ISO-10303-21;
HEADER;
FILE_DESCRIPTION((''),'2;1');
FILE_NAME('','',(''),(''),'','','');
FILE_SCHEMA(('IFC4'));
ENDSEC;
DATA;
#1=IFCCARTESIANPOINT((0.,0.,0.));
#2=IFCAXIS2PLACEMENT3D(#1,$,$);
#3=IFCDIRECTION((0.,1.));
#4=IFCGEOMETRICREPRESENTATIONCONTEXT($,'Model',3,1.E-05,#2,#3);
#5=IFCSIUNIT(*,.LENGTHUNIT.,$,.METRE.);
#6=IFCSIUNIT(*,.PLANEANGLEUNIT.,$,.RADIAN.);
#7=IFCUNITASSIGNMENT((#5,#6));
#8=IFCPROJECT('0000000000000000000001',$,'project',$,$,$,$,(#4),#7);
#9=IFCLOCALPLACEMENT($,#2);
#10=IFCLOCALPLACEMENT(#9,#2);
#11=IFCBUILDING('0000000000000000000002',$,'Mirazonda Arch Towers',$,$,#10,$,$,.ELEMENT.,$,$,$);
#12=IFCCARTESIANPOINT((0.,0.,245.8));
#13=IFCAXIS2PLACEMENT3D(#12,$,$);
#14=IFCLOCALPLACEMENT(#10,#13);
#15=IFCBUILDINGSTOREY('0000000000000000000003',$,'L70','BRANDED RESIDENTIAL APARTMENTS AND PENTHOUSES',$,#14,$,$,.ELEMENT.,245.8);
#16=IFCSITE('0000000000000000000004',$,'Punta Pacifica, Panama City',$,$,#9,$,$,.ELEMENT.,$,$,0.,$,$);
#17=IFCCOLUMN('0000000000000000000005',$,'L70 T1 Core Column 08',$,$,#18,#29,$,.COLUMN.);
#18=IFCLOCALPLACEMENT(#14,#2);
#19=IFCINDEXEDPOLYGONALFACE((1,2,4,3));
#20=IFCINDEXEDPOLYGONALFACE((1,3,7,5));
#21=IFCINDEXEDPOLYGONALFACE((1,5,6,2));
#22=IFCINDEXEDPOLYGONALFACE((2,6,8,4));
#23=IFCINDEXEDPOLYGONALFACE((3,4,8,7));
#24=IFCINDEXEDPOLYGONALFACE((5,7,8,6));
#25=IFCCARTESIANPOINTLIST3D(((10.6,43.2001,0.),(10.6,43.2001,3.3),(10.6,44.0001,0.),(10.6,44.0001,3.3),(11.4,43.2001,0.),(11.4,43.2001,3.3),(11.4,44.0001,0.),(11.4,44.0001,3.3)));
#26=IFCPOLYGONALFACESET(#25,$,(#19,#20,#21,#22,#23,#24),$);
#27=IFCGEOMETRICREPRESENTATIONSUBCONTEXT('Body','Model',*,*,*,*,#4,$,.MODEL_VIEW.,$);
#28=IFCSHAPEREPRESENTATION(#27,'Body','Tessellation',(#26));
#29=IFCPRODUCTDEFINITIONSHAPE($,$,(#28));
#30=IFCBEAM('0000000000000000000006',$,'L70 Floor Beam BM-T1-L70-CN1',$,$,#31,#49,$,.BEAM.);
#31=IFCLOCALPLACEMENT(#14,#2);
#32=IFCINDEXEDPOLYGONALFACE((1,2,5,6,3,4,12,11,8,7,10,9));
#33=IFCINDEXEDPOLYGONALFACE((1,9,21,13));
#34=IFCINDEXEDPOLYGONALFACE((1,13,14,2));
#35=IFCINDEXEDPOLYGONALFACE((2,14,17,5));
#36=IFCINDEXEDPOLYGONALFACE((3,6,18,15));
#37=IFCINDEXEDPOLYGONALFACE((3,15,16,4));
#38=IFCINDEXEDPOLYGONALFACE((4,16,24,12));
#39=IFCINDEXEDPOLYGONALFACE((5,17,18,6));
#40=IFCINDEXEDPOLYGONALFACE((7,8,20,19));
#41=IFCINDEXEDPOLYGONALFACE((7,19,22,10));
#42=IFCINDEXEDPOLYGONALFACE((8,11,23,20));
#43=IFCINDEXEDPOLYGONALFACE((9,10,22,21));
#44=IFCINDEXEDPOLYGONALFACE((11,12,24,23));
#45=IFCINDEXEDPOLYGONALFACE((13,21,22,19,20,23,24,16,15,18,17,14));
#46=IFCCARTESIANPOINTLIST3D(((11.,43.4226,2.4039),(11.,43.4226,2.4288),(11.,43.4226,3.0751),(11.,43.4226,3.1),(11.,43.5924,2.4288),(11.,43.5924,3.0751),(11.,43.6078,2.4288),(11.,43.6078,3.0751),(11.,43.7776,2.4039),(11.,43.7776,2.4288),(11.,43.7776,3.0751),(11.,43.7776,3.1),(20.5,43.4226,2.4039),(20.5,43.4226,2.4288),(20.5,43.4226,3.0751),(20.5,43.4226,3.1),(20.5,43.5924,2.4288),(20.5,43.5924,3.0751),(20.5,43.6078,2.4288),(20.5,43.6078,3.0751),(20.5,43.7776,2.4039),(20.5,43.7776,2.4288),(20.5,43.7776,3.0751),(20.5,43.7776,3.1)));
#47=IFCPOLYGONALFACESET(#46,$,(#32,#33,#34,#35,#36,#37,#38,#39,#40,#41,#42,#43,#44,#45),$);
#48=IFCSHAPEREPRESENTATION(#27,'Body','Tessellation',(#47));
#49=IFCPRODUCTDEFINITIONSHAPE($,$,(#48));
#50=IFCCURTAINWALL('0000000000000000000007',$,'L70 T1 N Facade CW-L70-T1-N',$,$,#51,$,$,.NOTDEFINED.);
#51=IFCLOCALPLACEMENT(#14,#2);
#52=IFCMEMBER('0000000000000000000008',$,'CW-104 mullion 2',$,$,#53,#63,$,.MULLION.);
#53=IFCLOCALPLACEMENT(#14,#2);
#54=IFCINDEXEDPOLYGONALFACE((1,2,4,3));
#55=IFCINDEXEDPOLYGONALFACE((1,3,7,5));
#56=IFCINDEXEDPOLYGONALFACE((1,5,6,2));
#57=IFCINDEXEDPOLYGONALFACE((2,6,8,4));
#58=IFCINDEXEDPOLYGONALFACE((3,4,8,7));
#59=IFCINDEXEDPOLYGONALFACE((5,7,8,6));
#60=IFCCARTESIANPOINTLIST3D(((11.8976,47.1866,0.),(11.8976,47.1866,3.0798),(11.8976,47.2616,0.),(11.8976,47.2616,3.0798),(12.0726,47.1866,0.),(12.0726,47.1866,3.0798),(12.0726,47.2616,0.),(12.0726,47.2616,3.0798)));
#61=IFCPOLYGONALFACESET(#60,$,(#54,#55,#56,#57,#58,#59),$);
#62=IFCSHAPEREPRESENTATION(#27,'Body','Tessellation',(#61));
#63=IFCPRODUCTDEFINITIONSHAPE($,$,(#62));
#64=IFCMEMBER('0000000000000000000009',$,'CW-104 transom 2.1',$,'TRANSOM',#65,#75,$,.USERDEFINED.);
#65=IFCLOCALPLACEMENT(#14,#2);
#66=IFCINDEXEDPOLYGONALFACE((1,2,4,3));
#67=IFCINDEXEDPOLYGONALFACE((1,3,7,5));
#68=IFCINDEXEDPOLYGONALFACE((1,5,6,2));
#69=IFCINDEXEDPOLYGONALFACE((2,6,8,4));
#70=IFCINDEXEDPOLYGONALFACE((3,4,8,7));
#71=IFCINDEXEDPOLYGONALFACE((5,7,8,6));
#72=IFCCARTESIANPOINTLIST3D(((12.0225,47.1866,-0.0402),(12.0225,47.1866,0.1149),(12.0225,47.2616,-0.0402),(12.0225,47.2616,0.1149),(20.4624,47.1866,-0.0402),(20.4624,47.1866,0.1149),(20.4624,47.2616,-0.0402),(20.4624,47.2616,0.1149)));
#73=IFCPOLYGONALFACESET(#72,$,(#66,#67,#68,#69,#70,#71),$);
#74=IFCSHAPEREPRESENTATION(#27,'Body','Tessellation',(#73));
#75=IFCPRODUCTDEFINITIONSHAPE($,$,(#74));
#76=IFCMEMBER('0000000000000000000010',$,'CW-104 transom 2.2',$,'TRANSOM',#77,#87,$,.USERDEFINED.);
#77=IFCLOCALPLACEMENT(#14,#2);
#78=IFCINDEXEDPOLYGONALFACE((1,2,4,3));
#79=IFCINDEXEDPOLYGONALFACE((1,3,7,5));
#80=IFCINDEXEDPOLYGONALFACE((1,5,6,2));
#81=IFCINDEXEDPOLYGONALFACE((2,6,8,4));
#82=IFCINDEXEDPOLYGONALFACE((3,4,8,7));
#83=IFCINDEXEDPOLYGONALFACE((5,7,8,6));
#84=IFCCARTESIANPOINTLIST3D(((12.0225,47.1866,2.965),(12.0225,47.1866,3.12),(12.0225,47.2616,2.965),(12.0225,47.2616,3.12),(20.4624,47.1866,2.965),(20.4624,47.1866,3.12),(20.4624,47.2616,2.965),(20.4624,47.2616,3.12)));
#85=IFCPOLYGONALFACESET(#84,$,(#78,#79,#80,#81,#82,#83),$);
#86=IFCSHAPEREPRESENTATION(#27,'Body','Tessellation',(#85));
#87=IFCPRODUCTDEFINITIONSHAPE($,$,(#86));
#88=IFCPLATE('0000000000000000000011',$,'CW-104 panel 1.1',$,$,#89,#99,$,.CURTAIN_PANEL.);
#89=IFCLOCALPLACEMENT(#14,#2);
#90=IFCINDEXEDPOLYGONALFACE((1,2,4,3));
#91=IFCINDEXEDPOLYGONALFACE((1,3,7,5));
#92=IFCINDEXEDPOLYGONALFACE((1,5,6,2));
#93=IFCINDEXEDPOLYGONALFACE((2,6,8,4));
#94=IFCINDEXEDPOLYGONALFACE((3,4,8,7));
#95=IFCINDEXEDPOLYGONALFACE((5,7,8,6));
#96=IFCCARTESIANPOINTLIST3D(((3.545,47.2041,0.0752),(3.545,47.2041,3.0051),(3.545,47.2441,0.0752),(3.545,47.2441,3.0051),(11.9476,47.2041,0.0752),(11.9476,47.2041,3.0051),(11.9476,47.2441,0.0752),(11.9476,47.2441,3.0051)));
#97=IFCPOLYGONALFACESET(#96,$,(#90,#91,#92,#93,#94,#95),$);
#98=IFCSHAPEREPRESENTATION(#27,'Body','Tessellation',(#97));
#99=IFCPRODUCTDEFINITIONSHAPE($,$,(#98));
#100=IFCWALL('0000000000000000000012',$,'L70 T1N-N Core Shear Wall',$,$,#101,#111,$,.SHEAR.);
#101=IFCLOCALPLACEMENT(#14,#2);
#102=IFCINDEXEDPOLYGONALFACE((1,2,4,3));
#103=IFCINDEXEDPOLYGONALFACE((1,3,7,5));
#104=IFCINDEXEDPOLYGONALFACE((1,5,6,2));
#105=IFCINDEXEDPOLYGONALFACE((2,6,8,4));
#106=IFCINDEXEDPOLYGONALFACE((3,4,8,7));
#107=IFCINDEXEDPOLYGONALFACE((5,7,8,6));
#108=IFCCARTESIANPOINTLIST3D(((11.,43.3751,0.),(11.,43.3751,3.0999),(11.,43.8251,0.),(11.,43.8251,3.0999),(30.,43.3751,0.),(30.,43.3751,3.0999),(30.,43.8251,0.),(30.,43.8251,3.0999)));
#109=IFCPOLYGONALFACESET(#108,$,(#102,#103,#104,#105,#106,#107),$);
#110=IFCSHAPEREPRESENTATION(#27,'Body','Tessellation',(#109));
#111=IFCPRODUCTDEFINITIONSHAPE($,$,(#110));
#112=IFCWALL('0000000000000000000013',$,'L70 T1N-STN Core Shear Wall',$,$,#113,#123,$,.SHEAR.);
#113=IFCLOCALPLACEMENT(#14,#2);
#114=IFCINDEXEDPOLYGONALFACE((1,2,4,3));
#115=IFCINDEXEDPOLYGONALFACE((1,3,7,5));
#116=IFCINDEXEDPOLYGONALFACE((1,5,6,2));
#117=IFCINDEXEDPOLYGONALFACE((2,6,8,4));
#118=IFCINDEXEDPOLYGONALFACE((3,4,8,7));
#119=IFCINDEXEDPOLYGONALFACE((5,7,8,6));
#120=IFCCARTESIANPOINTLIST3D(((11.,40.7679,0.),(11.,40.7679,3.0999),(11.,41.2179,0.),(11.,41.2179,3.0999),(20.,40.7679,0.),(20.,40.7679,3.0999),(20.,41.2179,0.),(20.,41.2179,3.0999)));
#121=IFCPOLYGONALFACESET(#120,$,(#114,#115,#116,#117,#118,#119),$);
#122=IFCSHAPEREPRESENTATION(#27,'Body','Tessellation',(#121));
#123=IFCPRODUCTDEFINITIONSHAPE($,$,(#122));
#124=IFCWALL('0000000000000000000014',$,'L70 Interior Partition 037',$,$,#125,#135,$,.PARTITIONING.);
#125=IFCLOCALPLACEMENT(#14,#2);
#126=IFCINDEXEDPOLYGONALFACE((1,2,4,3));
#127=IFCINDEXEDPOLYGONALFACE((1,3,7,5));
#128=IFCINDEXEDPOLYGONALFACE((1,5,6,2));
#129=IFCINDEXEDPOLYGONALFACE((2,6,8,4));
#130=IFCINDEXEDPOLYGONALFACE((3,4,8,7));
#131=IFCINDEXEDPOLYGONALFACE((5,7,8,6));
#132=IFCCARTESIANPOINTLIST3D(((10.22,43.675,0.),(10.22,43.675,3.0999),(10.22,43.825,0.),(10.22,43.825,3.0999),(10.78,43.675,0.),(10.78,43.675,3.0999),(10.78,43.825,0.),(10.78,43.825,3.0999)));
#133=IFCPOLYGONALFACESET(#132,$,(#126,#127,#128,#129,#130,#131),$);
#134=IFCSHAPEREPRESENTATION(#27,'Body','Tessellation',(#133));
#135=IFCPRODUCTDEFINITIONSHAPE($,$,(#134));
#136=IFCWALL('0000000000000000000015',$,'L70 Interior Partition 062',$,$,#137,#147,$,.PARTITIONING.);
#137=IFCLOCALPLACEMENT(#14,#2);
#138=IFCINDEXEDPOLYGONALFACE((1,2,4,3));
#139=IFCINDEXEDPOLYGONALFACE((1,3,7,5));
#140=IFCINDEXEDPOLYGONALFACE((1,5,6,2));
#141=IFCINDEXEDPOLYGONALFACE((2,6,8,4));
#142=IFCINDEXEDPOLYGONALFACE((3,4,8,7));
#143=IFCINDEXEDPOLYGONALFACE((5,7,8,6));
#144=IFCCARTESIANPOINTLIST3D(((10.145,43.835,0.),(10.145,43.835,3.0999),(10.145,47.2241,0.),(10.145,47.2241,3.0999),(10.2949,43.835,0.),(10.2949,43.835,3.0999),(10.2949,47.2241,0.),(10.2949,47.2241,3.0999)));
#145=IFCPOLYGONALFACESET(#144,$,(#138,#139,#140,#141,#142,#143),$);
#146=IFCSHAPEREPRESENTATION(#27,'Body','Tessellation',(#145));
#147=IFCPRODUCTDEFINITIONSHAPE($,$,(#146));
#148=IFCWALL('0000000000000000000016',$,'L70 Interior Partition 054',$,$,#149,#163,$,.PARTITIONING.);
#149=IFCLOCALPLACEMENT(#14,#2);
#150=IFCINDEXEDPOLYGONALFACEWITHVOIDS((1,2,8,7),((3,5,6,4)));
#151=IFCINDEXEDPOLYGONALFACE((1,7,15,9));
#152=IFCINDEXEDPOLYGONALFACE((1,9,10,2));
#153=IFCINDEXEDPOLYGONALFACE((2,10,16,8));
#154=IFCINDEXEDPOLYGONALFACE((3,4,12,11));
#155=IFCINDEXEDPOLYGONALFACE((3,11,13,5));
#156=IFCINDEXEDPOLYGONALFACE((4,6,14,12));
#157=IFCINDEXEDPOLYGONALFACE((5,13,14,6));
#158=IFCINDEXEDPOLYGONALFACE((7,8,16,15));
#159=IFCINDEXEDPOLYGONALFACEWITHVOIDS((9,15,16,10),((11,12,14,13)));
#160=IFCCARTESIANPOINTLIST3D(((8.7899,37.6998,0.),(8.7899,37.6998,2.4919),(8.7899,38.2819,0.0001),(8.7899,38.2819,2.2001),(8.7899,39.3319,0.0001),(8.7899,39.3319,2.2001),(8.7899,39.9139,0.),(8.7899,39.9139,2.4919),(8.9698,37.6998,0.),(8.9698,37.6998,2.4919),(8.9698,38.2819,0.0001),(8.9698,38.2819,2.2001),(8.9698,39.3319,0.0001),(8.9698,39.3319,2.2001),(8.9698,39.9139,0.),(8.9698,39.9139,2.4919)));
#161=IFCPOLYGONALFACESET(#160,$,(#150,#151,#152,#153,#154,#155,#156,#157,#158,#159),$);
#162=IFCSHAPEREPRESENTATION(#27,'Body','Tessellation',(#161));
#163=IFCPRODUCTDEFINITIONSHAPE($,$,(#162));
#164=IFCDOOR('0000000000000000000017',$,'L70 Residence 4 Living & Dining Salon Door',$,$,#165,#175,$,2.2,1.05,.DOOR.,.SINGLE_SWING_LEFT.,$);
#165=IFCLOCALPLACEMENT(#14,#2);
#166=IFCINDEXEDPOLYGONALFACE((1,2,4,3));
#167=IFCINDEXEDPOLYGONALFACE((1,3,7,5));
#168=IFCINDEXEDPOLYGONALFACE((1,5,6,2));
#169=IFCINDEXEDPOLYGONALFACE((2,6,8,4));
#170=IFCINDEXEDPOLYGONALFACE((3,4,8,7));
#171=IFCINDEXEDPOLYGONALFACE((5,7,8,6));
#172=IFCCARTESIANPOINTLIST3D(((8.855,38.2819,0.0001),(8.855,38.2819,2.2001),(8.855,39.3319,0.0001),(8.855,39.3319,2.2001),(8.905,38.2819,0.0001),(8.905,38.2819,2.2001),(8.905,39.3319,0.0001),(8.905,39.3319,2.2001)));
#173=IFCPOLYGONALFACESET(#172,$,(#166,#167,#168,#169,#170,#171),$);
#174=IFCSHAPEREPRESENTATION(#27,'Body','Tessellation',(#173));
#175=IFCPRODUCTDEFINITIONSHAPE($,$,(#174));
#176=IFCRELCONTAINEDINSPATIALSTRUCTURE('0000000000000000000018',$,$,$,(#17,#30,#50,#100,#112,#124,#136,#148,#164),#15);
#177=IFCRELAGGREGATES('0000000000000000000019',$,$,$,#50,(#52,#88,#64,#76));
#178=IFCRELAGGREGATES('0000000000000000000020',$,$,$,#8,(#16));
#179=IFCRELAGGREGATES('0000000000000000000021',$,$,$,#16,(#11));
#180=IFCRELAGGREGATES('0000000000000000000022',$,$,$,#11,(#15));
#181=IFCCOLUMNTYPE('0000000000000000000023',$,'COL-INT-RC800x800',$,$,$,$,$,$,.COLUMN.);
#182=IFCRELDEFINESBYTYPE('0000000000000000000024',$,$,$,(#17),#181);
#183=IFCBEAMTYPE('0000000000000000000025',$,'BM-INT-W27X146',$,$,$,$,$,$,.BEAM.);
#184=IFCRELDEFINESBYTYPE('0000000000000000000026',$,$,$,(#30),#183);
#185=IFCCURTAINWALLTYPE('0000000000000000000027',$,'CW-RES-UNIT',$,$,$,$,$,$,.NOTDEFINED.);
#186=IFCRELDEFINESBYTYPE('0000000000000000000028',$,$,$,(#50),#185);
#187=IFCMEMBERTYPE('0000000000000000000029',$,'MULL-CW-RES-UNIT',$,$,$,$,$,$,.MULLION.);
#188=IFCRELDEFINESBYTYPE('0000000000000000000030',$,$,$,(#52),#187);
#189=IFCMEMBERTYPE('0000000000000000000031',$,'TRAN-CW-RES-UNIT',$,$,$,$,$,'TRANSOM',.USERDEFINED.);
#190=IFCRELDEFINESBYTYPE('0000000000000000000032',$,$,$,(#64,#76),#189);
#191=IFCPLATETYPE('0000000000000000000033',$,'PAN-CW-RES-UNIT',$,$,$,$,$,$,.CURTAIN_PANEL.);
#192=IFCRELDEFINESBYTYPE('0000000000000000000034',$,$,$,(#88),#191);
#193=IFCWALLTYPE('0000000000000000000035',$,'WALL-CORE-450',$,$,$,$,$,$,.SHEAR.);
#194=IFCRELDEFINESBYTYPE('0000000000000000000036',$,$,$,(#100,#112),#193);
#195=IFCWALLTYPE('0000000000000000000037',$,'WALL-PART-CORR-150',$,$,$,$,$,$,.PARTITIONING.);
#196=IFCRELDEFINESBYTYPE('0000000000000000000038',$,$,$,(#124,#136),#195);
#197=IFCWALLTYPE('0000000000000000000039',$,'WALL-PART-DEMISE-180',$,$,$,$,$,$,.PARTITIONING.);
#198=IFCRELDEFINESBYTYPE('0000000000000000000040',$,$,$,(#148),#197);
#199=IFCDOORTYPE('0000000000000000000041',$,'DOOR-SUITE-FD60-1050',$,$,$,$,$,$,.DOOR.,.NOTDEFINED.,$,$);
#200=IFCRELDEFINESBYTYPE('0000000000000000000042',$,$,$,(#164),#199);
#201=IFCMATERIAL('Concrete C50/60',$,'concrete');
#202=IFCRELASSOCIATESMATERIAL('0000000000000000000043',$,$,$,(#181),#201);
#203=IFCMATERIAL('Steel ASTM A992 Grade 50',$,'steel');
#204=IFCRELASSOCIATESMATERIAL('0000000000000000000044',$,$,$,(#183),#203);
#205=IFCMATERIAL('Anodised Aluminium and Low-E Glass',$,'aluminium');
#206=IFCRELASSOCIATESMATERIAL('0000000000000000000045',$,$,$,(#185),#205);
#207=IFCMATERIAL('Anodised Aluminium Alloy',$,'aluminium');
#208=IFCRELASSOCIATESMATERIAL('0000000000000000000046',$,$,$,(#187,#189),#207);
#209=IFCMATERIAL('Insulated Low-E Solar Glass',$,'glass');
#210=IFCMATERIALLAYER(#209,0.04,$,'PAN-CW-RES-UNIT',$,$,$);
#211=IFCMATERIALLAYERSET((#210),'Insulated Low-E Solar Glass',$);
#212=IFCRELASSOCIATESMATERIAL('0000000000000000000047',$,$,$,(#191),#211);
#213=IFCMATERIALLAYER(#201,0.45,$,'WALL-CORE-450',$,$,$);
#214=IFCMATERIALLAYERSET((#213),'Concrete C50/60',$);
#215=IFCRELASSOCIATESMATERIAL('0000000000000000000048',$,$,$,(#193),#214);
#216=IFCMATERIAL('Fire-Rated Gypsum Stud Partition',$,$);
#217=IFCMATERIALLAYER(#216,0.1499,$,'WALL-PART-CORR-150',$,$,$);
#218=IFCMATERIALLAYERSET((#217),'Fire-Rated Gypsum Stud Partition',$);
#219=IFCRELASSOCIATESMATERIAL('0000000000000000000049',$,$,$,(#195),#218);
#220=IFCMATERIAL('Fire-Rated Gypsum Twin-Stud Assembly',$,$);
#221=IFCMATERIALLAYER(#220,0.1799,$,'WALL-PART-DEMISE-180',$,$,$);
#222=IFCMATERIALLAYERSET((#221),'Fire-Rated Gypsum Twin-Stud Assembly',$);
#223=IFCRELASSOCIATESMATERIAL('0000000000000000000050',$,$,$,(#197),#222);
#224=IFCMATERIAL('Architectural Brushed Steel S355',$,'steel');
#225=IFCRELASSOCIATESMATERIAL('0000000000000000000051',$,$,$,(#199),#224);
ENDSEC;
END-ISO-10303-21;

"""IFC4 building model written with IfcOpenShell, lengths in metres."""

from ifc_helpers import new_model, si_unit, direction, frame, frame_2d, origin, origin_2d, place, context, subcontext, project, spatial, rectangle, i_section, extrude, material, layer, layer_set, material_profile, profile_set, type_object, element, fill, aggregate, save


model = new_model("IFC4")

# Units and contexts
model_context = context("Model", 3, precision=1e-05, world=origin(), true_north=direction((0.0, 1.0)))
body_context = subcontext(model_context, "Body", "Model", "MODEL_VIEW")
ifc_project = project(units=[si_unit("LENGTHUNIT", "METRE"), si_unit("PLANEANGLEUNIT", "RADIAN")], contexts=[model_context])

# Site, building, storey
site_placement = place(None, origin())
site = spatial("IfcSite", under=ifc_project, at=site_placement, Name="Punta Pacifica, Panama City", CompositionType="ELEMENT", RefElevation=0.0)
building_placement = place(site_placement, origin())
building = spatial("IfcBuilding", under=site, at=building_placement, Name="Mirazonda Arch Towers", CompositionType="ELEMENT")
storey_placement = place(building_placement, frame((0.0, 0.0, 245.8)))
storey = spatial("IfcBuildingStorey", under=building, at=storey_placement, Name="L70", Description="BRANDED RESIDENTIAL APARTMENTS AND PENTHOUSES", CompositionType="ELEMENT", Elevation=245.8)

# Column
ifc_material_1 = material(Name="Concrete C50/60", Category="concrete")
ifc_material_profile_1 = material_profile(ifc_material_1, rectangle(XDim=0.8, YDim=0.8, at=origin_2d()), Name="RC800x800")
ifc_profile_set_1 = profile_set([ifc_material_profile_1], Name="Concrete C50/60")
column_type = type_object("IfcColumnType", Name="COL-INT-RC800x800", PredefinedType="COLUMN", material=ifc_profile_set_1)
column_placement = place(storey_placement, frame((11.0, 43.6001, 0.0), z_axis=(0.0, 0.0, 1.0), x_axis=(1.0, 0.0, 0.0)))
element("IfcColumn", 1, at=column_placement, inside=storey, type_object=column_type, Name="L70 T1 Core Column 08", PredefinedType="COLUMN", context=body_context, shape_type="SweptSolid", body=[
    extrude(rectangle(XDim=0.8, YDim=0.8, at=origin_2d()), origin(), (0.0, 0.0, 1.0), 3.3),
])

# Beam
ifc_material_2 = material(Name="Steel ASTM A992 Grade 50", Category="steel")
ifc_material_profile_2 = material_profile(ifc_material_2, i_section(OverallWidth=0.355, OverallDepth=0.696, WebThickness=0.0154, FlangeThickness=0.0249, at=origin_2d()), Name="W27X146")
ifc_profile_set_2 = profile_set([ifc_material_profile_2], Name="Steel ASTM A992 Grade 50")
beam_type = type_object("IfcBeamType", Name="BM-INT-W27X146", PredefinedType="BEAM", material=ifc_profile_set_2)
beam_placement = place(storey_placement, frame((11.0, 43.6001, 2.752), z_axis=(1.0, 0.0, 0.0), x_axis=(0.0, 1.0, 0.0)))
element("IfcBeam", 2, at=beam_placement, inside=storey, type_object=beam_type, Name="L70 Floor Beam BM-T1-L70-CN1", PredefinedType="BEAM", context=body_context, shape_type="SweptSolid", body=[
    extrude(i_section(OverallWidth=0.355, OverallDepth=0.696, WebThickness=0.0154, FlangeThickness=0.0249, at=origin_2d()), origin(), (0.0, 0.0, 1.0), 9.5),
])

# Curtain wall, members, plate
ifc_material_3 = material(Name="Anodised Aluminium and Low-E Glass", Category="aluminium")
curtain_wall_type = type_object("IfcCurtainWallType", Name="CW-RES-UNIT", PredefinedType="NOTDEFINED", material=ifc_material_3)
curtain_wall_placement = place(storey_placement, origin())
curtain_wall = element("IfcCurtainWall", 3, at=curtain_wall_placement, inside=storey, type_object=curtain_wall_type, Name="L70 T1 N Facade CW-L70-T1-N", PredefinedType="NOTDEFINED")
ifc_material_4 = material(Name="Anodised Aluminium Alloy", Category="aluminium")
ifc_material_profile_3 = material_profile(ifc_material_4, rectangle(XDim=0.075, YDim=0.175, at=origin_2d()), Name="ALU-MULL-75x175")
ifc_profile_set_3 = profile_set([ifc_material_profile_3], Name="Anodised Aluminium Alloy")
member_type_1 = type_object("IfcMemberType", Name="MULL-CW-RES-UNIT", PredefinedType="MULLION", material=ifc_profile_set_3)
member_1_placement = place(storey_placement, frame((11.9851, 47.2241, 0.0), z_axis=(0.0, 0.0, 1.0), x_axis=(0.0, 1.0, 0.0)))
member_1 = element("IfcMember", 4, at=member_1_placement, type_object=member_type_1, Name="CW-104 mullion 2", PredefinedType="MULLION", context=body_context, shape_type="SweptSolid", body=[
    extrude(rectangle(XDim=0.075, YDim=0.175, at=origin_2d()), origin(), (0.0, 0.0, 1.0), 3.0798),
])
ifc_material_profile_4 = material_profile(ifc_material_4, rectangle(XDim=0.075, YDim=0.155, at=origin_2d()), Name="ALU-TRAN-75x155")
ifc_profile_set_4 = profile_set([ifc_material_profile_4], Name="Anodised Aluminium Alloy")
member_type_2 = type_object("IfcMemberType", Name="TRAN-CW-RES-UNIT", ElementType="TRANSOM", PredefinedType="USERDEFINED", material=ifc_profile_set_4)
member_2_placement = place(storey_placement, frame((12.0225, 47.2241, 0.0374), z_axis=(1.0, 0.0, 0.0), x_axis=(0.0, 1.0, 0.0)))
member_2 = element("IfcMember", 5, at=member_2_placement, type_object=member_type_2, Name="CW-104 transom 2.1", ObjectType="TRANSOM", PredefinedType="USERDEFINED", context=body_context, shape_type="SweptSolid", body=[
    extrude(rectangle(XDim=0.075, YDim=0.155, at=origin_2d()), origin(), (0.0, 0.0, 1.0), 8.4399),
])
member_3_placement = place(storey_placement, frame((12.0225, 47.2241, 3.0425), z_axis=(1.0, 0.0, 0.0), x_axis=(0.0, 1.0, 0.0)))
member_3 = element("IfcMember", 6, at=member_3_placement, type_object=member_type_2, Name="CW-104 transom 2.2", ObjectType="TRANSOM", PredefinedType="USERDEFINED", context=body_context, shape_type="SweptSolid", body=[
    extrude(rectangle(XDim=0.075, YDim=0.155, at=origin_2d()), origin(), (0.0, 0.0, 1.0), 8.4399),
])
ifc_material_5 = material(Name="Insulated Low-E Solar Glass", Category="glass")
ifc_layer_1 = layer(ifc_material_5, 0.04, Name="PAN-CW-RES-UNIT")
ifc_layer_set_1 = layer_set([ifc_layer_1], Name="Insulated Low-E Solar Glass")
plate_type = type_object("IfcPlateType", Name="PAN-CW-RES-UNIT", PredefinedType="CURTAIN_PANEL", material=ifc_layer_set_1)
plate_placement = place(storey_placement, frame((7.7463, 47.2241, 0.0752), z_axis=(0.0, 0.0, 1.0), x_axis=(1.0, 0.0, 0.0)))
plate = element("IfcPlate", 7, at=plate_placement, type_object=plate_type, Name="CW-104 panel 1.1", PredefinedType="CURTAIN_PANEL", context=body_context, shape_type="SweptSolid", body=[
    extrude(rectangle(XDim=8.4026, YDim=0.04, at=origin_2d()), origin(), (0.0, 0.0, 1.0), 2.9299),
])
aggregate(curtain_wall, [member_1, plate, member_2, member_3])

# Walls
ifc_layer_2 = layer(ifc_material_1, 0.45, Name="WALL-CORE-450")
ifc_layer_set_2 = layer_set([ifc_layer_2], Name="Concrete C50/60")
wall_type_1 = type_object("IfcWallType", Name="WALL-CORE-450", PredefinedType="SHEAR", material=ifc_layer_set_2)
wall_1_placement = place(storey_placement, frame((11.0, 43.6001, 0.0), z_axis=(0.0, 0.0, 1.0), x_axis=(1.0, 0.0, 0.0)))
element("IfcWall", 8, at=wall_1_placement, inside=storey, type_object=wall_type_1, Name="L70 T1N-N Core Shear Wall", PredefinedType="SHEAR", context=body_context, shape_type="SweptSolid", body=[
    extrude(rectangle(XDim=19.0, YDim=0.45, at=frame_2d((9.5, 0.0))), origin(), (0.0, 0.0, 1.0), 3.0999),
])
wall_2_placement = place(storey_placement, frame((11.0, 40.9929, 0.0), z_axis=(0.0, 0.0, 1.0), x_axis=(1.0, 0.0, 0.0)))
element("IfcWall", 9, at=wall_2_placement, inside=storey, type_object=wall_type_1, Name="L70 T1N-STN Core Shear Wall", PredefinedType="SHEAR", context=body_context, shape_type="SweptSolid", body=[
    extrude(rectangle(XDim=9.0, YDim=0.45, at=frame_2d((4.5, 0.0))), origin(), (0.0, 0.0, 1.0), 3.0999),
])
ifc_material_6 = material(Name="Fire-Rated Gypsum Stud Partition")
ifc_layer_3 = layer(ifc_material_6, 0.1499, Name="WALL-PART-CORR-150")
ifc_layer_set_3 = layer_set([ifc_layer_3], Name="Fire-Rated Gypsum Stud Partition")
wall_type_2 = type_object("IfcWallType", Name="WALL-PART-CORR-150", PredefinedType="PARTITIONING", material=ifc_layer_set_3)
wall_3_placement = place(storey_placement, frame((10.22, 43.75, 0.0), z_axis=(0.0, 0.0, 1.0), x_axis=(1.0, 0.0, 0.0)))
element("IfcWall", 10, at=wall_3_placement, inside=storey, type_object=wall_type_2, Name="L70 Interior Partition 037", PredefinedType="PARTITIONING", context=body_context, shape_type="SweptSolid", body=[
    extrude(rectangle(XDim=0.5601, YDim=0.1499, at=frame_2d((0.28, 0.0))), origin(), (0.0, 0.0, 1.0), 3.0999),
])
wall_4_placement = place(storey_placement, frame((10.22, 43.835, 0.0), z_axis=(0.0, 0.0, 1.0), x_axis=(0.0, 1.0, 0.0)))
element("IfcWall", 11, at=wall_4_placement, inside=storey, type_object=wall_type_2, Name="L70 Interior Partition 062", PredefinedType="PARTITIONING", context=body_context, shape_type="SweptSolid", body=[
    extrude(rectangle(XDim=3.3892, YDim=0.1499, at=frame_2d((1.6946, 0.0))), origin(), (0.0, 0.0, 1.0), 3.0999),
])

# Wall, opening, door
ifc_material_7 = material(Name="Fire-Rated Gypsum Twin-Stud Assembly")
ifc_layer_4 = layer(ifc_material_7, 0.1799, Name="WALL-PART-DEMISE-180")
ifc_layer_set_4 = layer_set([ifc_layer_4], Name="Fire-Rated Gypsum Twin-Stud Assembly")
wall_type_3 = type_object("IfcWallType", Name="WALL-PART-DEMISE-180", PredefinedType="PARTITIONING", material=ifc_layer_set_4)
wall_5_placement = place(storey_placement, frame((8.8799, 37.7, 0.0), z_axis=(0.0, 0.0, 1.0), x_axis=(0.0, 1.0, 0.0)))
wall_5 = element("IfcWall", 12, at=wall_5_placement, inside=storey, type_object=wall_type_3, Name="L70 Interior Partition 054", PredefinedType="PARTITIONING", context=body_context, shape_type="SweptSolid", body=[
    extrude(rectangle(XDim=2.2141, YDim=0.1799, at=frame_2d((1.1069, 0.0))), origin(), (0.0, 0.0, 1.0), 2.4919),
])
opening_1_placement = place(wall_5_placement, frame((0.582, 0.0, 0.0)))
opening_1 = element("IfcOpeningElement", 13, at=opening_1_placement, cuts=wall_5, PredefinedType="OPENING", context=body_context, shape_type="SweptSolid", body=[
    extrude(rectangle(XDim=1.05, YDim=2.2, at=frame_2d((0.5249, 1.1001))), frame((0.0, 0.0999, 0.0), z_axis=(0.0, -1.0, 0.0), x_axis=(1.0, 0.0, 0.0)), (0.0, 0.0, 1.0), 0.2),
])
ifc_material_8 = material(Name="Architectural Brushed Steel S355", Category="steel")
door_type_1 = type_object("IfcDoorType", Name="DOOR-SUITE-FD60-1050", OperationType="NOTDEFINED", PredefinedType="DOOR", material=ifc_material_8)
door_1_placement = place(opening_1_placement, origin())
door_1 = element("IfcDoor", 14, at=door_1_placement, inside=storey, type_object=door_type_1, Name="L70 Residence 4 Living & Dining Salon Door", OperationType="SINGLE_SWING_LEFT", OverallHeight=2.2, OverallWidth=1.05, PredefinedType="DOOR", context=body_context, shape_type="SweptSolid", body=[
    extrude(rectangle(XDim=1.05, YDim=2.2, at=frame_2d((0.5249, 1.1001))), frame((0.0, 0.0249, 0.0), z_axis=(0.0, -1.0, 0.0), x_axis=(1.0, 0.0, 0.0)), (0.0, 0.0, 1.0), 0.05),
])
fill(opening_1, door_1)

save(model, "model.ifc")
